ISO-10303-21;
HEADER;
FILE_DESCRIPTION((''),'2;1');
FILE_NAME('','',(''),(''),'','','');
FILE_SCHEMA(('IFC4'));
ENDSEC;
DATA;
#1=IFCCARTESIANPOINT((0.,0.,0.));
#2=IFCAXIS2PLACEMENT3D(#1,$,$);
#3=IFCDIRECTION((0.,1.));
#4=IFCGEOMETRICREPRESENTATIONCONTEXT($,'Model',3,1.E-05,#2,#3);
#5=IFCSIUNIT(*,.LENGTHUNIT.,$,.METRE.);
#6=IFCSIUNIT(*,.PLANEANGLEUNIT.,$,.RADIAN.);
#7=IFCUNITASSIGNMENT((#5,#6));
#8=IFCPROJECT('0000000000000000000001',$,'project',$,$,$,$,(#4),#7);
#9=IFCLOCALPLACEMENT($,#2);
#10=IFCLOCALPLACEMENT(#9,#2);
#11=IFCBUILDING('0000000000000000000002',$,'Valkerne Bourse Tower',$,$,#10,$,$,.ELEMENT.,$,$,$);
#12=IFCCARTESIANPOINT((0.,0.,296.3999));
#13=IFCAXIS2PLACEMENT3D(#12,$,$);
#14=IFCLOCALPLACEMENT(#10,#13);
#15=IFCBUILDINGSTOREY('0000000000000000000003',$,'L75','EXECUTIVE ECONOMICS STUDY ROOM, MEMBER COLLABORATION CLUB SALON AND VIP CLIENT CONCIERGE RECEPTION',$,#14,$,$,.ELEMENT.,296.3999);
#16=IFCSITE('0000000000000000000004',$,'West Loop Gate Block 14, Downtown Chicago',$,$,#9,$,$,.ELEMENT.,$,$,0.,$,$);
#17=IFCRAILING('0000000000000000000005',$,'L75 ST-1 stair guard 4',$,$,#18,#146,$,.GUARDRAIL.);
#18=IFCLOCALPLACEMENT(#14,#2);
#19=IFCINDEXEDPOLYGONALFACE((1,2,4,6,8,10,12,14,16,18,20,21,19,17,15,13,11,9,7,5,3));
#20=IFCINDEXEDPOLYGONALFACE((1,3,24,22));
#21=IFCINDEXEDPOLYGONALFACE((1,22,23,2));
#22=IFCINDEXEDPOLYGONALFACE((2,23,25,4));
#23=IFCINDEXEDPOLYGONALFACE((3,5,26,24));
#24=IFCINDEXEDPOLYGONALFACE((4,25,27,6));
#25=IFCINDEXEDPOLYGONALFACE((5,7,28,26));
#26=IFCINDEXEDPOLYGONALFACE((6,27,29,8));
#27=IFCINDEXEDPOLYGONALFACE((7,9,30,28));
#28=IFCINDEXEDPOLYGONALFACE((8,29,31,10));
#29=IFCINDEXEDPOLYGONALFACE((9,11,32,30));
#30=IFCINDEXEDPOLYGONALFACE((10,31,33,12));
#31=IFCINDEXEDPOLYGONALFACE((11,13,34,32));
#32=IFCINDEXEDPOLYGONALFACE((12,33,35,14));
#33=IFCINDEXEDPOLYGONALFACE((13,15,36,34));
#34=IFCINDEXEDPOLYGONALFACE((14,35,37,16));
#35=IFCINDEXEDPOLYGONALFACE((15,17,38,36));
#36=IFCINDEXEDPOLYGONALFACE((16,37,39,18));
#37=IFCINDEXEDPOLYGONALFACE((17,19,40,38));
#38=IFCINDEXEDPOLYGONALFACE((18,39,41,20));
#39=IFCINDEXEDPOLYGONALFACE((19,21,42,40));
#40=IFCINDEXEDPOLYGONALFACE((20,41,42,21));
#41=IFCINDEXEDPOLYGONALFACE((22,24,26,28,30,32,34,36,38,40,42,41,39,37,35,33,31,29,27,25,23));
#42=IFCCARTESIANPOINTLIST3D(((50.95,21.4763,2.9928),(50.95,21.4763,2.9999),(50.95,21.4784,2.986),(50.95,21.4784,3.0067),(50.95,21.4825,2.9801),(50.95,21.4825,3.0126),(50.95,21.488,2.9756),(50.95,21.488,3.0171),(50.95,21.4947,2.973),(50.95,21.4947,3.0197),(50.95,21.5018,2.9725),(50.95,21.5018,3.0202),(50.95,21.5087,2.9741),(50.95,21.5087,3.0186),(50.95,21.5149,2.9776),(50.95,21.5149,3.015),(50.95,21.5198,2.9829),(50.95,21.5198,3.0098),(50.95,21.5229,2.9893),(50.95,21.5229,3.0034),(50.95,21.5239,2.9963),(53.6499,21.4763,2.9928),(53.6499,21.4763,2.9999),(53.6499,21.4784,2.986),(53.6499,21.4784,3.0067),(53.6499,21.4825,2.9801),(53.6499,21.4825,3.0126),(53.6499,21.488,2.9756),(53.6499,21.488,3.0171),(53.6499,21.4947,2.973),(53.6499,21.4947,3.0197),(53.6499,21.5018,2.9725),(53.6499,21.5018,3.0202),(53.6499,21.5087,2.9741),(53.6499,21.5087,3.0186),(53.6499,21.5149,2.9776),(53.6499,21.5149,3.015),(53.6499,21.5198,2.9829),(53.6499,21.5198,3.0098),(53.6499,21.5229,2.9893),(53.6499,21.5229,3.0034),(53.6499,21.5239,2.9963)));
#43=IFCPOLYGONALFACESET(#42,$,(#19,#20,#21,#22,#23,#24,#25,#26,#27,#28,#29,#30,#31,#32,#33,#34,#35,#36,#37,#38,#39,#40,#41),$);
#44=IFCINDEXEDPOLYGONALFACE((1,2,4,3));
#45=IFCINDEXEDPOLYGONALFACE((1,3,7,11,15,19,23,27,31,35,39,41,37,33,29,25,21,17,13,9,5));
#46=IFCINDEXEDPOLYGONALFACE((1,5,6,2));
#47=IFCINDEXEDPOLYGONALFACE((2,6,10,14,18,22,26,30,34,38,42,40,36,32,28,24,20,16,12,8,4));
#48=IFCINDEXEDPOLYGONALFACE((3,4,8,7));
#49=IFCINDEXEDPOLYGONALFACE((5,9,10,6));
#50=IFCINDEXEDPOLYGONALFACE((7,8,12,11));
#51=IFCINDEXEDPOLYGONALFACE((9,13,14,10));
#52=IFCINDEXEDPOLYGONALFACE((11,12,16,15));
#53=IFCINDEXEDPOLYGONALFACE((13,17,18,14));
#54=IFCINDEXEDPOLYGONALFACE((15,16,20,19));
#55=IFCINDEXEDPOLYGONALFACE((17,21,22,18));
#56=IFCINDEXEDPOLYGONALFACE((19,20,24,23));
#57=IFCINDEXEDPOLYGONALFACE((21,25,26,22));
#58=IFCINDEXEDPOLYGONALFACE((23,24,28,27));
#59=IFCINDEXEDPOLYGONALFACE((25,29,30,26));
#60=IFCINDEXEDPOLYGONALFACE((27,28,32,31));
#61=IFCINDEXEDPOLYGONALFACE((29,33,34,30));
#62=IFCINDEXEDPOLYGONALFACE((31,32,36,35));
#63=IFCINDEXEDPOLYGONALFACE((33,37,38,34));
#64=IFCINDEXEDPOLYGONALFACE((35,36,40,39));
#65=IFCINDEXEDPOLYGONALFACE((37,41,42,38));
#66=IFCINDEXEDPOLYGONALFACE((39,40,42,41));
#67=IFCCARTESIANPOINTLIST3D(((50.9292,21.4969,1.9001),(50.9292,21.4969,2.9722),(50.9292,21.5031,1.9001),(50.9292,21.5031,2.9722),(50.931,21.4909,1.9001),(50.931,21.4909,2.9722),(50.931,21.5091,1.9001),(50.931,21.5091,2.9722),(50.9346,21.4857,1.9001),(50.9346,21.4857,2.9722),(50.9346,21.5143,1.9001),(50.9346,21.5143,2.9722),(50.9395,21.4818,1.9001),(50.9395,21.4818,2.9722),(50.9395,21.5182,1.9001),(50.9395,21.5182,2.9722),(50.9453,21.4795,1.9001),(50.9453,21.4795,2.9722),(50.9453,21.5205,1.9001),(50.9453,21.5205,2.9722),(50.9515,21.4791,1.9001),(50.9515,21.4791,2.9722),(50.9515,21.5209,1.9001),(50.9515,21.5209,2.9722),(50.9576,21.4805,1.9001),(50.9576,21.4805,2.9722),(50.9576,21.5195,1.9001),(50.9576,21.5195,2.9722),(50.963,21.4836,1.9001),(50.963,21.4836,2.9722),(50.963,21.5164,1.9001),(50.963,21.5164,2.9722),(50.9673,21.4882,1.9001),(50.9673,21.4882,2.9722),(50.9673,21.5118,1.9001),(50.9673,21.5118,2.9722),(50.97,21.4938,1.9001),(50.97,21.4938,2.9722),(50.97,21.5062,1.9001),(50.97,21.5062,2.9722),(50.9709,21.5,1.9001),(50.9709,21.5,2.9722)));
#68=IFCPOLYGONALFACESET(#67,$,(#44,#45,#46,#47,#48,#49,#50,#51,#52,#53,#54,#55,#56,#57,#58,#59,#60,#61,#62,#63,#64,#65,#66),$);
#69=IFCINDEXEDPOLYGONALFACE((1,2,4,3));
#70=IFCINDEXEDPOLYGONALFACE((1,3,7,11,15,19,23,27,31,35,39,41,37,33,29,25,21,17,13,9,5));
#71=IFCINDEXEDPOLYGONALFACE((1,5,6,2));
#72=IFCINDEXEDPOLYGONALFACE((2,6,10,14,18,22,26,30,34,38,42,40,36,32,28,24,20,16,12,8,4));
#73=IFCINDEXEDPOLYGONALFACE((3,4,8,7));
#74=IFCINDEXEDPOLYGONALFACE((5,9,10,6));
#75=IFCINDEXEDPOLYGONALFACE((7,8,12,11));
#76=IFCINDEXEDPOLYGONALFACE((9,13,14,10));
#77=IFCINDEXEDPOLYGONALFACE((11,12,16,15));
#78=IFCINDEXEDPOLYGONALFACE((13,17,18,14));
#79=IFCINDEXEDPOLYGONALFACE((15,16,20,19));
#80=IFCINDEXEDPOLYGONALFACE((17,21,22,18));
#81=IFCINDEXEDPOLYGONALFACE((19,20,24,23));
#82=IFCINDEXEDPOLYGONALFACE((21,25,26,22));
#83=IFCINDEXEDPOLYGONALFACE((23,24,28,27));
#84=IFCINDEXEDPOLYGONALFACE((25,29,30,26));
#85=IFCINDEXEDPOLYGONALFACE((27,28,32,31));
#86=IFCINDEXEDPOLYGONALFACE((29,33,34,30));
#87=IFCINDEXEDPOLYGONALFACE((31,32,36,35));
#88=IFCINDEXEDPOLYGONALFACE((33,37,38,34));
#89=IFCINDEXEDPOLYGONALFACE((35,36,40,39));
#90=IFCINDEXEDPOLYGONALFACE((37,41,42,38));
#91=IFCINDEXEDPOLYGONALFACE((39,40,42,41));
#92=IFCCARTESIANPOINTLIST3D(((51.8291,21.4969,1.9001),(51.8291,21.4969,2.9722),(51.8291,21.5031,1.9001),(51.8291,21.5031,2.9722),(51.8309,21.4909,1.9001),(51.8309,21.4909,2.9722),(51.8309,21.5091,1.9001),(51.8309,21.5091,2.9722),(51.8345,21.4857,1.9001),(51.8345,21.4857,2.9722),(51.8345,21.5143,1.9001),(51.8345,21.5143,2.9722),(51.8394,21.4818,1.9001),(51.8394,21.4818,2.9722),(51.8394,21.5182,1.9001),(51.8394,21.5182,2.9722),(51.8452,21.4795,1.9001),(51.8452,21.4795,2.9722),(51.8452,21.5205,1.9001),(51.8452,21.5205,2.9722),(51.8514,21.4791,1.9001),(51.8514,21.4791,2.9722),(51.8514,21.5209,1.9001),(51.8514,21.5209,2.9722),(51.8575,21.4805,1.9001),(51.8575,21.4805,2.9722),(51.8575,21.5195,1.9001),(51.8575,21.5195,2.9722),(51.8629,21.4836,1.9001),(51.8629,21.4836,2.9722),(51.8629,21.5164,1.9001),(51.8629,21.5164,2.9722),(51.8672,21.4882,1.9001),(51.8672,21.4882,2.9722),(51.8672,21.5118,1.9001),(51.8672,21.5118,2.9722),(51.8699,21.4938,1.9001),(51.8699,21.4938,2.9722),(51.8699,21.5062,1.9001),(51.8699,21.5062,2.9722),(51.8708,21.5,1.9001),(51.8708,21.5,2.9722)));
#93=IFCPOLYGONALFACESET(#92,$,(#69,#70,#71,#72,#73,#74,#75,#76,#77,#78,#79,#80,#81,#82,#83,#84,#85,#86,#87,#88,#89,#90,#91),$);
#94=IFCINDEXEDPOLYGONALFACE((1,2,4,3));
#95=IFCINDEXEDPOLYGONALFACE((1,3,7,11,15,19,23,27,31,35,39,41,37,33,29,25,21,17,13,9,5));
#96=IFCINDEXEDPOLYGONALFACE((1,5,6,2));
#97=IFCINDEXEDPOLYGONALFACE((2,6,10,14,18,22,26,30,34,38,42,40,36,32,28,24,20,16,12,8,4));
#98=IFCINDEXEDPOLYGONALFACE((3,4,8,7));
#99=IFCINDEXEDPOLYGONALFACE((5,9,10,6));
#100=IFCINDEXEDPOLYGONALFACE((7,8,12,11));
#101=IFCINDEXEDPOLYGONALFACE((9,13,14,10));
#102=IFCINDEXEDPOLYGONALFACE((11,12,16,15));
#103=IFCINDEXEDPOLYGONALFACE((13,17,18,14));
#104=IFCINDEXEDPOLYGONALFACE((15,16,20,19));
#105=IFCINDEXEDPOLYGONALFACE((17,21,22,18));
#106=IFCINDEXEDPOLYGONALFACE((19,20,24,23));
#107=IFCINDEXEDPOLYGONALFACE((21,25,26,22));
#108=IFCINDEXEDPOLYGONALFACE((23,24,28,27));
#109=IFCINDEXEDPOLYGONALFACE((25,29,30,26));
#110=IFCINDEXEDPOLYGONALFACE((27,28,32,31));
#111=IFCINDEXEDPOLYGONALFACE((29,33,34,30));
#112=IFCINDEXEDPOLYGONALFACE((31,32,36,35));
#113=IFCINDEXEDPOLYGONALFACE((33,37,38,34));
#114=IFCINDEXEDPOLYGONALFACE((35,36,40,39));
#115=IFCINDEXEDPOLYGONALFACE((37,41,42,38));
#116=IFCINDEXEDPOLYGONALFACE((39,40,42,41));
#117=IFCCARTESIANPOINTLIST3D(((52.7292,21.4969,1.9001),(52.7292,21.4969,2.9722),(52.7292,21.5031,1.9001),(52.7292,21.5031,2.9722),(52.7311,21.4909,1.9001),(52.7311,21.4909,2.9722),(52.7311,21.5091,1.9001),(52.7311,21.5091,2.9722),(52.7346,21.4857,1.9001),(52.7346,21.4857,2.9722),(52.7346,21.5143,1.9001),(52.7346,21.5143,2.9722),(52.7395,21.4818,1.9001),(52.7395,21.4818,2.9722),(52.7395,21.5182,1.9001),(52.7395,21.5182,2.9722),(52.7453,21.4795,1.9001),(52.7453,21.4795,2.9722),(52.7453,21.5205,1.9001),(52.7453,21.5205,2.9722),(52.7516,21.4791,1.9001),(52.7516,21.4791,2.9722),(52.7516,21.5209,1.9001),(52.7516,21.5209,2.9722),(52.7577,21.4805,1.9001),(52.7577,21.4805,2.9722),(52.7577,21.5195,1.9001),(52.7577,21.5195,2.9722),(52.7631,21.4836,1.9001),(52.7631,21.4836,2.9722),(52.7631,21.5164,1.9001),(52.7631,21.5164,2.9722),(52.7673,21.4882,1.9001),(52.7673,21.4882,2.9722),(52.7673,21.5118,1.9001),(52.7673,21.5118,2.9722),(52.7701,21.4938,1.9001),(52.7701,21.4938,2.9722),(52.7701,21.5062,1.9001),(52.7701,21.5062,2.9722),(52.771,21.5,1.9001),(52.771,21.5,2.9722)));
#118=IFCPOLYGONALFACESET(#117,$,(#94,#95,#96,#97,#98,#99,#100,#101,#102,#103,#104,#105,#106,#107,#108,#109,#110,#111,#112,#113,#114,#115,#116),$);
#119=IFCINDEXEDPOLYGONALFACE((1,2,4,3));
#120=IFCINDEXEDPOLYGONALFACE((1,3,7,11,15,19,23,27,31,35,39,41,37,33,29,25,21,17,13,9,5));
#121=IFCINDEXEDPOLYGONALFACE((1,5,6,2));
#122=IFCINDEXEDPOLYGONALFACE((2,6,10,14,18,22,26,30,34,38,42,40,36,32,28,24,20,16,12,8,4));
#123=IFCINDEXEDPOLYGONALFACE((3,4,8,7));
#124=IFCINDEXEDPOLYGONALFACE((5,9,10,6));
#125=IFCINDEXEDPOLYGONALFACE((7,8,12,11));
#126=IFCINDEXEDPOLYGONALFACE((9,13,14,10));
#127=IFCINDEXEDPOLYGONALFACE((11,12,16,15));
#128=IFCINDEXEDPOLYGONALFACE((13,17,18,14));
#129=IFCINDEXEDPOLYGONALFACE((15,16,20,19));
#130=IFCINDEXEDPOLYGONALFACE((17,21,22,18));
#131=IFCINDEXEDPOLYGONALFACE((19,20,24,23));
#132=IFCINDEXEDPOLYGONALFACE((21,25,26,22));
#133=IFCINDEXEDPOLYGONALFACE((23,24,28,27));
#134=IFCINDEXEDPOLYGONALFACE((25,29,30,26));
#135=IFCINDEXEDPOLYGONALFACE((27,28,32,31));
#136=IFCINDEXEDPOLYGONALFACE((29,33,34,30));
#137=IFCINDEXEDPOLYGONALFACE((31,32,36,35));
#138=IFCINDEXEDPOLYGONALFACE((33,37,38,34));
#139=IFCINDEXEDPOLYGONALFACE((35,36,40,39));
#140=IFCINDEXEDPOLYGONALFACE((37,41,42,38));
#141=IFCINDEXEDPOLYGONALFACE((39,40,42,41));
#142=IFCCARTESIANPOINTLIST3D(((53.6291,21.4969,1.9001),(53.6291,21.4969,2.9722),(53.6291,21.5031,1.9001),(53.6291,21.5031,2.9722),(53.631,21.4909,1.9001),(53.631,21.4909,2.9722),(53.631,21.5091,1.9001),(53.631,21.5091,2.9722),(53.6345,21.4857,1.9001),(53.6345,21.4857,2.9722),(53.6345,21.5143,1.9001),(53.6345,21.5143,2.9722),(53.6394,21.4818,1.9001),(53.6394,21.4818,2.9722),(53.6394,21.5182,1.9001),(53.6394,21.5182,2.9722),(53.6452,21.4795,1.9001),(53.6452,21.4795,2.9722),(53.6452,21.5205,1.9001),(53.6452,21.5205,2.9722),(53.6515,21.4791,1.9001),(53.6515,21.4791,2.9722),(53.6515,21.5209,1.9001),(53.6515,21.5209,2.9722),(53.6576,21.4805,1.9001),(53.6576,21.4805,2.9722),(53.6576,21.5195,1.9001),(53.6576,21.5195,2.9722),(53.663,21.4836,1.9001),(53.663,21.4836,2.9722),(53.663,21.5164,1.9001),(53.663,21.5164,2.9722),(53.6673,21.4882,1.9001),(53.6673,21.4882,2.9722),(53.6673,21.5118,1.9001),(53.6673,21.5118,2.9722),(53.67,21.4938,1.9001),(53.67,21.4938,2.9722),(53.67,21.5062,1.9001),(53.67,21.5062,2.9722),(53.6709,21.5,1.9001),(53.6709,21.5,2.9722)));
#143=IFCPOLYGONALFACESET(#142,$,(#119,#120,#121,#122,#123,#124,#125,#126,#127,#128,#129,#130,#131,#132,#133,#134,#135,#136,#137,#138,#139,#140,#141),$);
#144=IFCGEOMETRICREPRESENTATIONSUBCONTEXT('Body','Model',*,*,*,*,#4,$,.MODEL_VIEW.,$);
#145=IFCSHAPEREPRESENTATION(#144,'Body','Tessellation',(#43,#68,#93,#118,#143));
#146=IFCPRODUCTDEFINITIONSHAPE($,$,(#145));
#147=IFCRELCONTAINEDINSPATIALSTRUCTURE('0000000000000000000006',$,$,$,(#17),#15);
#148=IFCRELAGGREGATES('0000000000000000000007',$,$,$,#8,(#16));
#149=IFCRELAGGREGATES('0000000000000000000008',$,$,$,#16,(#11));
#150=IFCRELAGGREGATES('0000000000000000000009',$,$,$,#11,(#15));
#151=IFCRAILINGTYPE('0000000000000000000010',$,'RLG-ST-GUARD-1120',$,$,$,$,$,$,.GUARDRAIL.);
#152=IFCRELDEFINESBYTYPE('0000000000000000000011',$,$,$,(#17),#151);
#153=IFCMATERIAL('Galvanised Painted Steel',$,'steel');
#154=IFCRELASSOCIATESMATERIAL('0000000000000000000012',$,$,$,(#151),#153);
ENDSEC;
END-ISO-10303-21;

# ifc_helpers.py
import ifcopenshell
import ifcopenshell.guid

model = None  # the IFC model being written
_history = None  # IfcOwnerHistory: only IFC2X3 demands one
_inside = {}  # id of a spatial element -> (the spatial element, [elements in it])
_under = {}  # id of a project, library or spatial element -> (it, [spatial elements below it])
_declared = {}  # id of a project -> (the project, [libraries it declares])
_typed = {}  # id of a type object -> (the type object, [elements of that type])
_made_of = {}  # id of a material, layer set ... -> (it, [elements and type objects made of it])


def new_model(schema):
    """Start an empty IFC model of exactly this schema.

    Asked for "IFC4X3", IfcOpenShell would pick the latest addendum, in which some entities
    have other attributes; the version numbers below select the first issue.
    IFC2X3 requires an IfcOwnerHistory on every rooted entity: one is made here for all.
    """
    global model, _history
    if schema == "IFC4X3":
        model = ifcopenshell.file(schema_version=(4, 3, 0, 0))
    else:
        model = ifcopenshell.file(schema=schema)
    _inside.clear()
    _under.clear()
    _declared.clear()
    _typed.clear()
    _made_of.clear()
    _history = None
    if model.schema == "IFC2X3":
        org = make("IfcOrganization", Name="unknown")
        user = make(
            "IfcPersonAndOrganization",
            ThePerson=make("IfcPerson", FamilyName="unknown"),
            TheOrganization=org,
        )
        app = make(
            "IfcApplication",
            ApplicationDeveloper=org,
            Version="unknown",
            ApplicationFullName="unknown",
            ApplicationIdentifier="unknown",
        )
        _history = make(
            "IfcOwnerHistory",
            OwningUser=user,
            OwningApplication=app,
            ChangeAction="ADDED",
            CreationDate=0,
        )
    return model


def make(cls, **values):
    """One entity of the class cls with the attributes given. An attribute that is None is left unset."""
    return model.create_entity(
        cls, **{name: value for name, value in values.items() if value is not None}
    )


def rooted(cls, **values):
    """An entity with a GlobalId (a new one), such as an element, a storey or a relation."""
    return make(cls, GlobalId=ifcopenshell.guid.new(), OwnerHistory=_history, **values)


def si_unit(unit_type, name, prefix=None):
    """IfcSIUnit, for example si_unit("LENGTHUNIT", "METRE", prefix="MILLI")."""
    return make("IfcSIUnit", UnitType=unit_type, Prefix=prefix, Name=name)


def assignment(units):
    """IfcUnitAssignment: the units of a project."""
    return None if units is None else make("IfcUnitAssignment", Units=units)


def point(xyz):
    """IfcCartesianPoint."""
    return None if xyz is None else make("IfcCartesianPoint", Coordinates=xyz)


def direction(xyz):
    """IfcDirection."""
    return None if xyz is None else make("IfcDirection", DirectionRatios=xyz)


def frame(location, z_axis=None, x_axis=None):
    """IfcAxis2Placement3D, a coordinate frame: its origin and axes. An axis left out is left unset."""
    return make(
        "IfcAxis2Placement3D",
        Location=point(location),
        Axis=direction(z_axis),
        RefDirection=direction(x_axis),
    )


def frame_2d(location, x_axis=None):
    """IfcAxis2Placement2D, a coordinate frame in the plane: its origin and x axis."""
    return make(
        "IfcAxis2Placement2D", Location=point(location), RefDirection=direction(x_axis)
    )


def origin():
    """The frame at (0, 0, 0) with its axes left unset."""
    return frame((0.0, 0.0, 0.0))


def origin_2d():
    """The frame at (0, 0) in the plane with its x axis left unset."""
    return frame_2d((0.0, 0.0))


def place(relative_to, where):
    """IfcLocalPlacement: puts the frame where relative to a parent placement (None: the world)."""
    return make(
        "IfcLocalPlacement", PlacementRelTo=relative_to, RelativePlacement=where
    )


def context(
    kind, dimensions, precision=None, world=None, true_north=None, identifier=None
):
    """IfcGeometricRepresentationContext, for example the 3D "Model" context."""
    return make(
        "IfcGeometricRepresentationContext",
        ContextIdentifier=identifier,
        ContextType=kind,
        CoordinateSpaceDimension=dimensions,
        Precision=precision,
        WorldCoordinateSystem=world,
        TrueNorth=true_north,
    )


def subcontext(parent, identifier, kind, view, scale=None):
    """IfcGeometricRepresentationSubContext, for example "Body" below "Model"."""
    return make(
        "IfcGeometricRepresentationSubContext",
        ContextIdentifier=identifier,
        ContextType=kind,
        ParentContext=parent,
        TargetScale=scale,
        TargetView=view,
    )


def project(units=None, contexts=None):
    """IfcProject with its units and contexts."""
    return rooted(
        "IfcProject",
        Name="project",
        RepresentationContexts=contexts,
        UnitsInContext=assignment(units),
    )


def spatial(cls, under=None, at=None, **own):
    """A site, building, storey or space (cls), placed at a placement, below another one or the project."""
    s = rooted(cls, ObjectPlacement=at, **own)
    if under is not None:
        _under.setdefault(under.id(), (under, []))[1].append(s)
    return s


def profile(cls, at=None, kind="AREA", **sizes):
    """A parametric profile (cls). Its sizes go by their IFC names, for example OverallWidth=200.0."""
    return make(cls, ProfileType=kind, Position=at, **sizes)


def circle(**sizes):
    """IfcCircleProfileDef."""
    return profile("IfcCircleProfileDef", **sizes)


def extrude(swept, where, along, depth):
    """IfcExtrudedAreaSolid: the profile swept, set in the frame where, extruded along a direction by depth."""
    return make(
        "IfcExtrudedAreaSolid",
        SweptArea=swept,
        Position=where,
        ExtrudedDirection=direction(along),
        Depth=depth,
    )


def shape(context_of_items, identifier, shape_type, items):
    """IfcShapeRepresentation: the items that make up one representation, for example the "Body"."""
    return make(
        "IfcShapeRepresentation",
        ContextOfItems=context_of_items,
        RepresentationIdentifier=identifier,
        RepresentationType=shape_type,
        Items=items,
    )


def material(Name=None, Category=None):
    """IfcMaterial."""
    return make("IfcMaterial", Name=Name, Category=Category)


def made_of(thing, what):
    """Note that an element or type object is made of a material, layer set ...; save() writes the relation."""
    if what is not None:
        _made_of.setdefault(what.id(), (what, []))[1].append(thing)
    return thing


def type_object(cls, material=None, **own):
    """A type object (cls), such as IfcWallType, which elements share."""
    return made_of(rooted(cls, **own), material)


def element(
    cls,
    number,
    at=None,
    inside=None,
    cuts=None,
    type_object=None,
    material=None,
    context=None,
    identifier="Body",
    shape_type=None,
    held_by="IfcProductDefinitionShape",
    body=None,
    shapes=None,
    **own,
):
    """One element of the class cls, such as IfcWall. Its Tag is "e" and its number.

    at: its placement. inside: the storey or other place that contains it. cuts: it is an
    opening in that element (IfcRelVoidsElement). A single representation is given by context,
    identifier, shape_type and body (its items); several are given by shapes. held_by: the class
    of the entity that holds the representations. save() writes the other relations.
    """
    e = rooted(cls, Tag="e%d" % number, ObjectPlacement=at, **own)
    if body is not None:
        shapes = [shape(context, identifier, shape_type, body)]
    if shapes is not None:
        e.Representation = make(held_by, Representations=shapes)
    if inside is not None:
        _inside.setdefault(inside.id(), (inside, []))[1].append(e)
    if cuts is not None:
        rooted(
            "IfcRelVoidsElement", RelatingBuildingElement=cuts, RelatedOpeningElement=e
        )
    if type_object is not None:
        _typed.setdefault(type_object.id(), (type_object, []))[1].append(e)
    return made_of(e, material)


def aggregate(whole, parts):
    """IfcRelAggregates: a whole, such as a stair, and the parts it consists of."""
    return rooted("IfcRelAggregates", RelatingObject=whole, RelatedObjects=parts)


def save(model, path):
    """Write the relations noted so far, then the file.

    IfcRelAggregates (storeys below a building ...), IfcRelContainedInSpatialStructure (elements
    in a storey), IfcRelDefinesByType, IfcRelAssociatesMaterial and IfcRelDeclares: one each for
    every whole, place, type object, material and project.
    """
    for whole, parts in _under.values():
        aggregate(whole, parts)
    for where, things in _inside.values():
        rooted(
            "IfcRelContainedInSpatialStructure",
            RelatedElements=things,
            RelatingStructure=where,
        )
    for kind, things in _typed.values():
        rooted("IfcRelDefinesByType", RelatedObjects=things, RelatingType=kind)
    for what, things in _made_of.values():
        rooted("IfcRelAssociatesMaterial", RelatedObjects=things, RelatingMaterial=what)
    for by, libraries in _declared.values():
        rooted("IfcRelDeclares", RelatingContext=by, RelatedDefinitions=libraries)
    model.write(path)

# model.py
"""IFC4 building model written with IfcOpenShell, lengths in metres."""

from ifc_helpers import new_model, si_unit, direction, frame, origin, origin_2d, place, context, subcontext, project, spatial, circle, extrude, material, type_object, element, save


model = new_model("IFC4")

# Units and contexts
model_context = context("Model", 3, precision=1e-05, world=origin(), true_north=direction((0.0, 1.0)))
body_context = subcontext(model_context, "Body", "Model", "MODEL_VIEW")
ifc_project = project(units=[si_unit("LENGTHUNIT", "METRE"), si_unit("PLANEANGLEUNIT", "RADIAN")], contexts=[model_context])

# Site, building, storey
site_placement = place(None, origin())
site = spatial("IfcSite", under=ifc_project, at=site_placement, Name="West Loop Gate Block 14, Downtown Chicago", CompositionType="ELEMENT", RefElevation=0.0)
building_placement = place(site_placement, origin())
building = spatial("IfcBuilding", under=site, at=building_placement, Name="Valkerne Bourse Tower", CompositionType="ELEMENT")
storey_placement = place(building_placement, frame((0.0, 0.0, 296.3999)))
storey = spatial("IfcBuildingStorey", under=building, at=storey_placement, Name="L75", Description="EXECUTIVE ECONOMICS STUDY ROOM, MEMBER COLLABORATION CLUB SALON AND VIP CLIENT CONCIERGE RECEPTION", CompositionType="ELEMENT", Elevation=296.3999)

# Shared definitions
ifc_material_1 = material(Name="Galvanised Painted Steel", Category="steel")

# Railing
railing_type_1 = type_object("IfcRailingType", Name="RLG-ST-GUARD-1120", PredefinedType="GUARDRAIL", material=ifc_material_1)
for number, where, name in (
    (1, (50.95, 21.5, 1.9001), "L75 ST-1 stair guard 4"),
):
    element("IfcRailing", number, at=place(storey_placement, frame(where)), inside=storey, type_object=railing_type_1, Name=name, PredefinedType="GUARDRAIL", context=body_context, shape_type="SweptSolid", body=[
        extrude(circle(Radius=0.0239, at=origin_2d()), frame((0.0, 0.0, 1.0962), z_axis=(1.0, 0.0, 0.0), x_axis=(0.0, 1.0, 0.0)), (0.0, 0.0, 1.0), 2.7),
        extrude(circle(Radius=0.021, at=origin_2d()), origin(), (0.0, 0.0, 1.0), 1.072),
        extrude(circle(Radius=0.021, at=origin_2d()), frame((0.8999, 0.0, 0.0)), (0.0, 0.0, 1.0), 1.072),
        extrude(circle(Radius=0.021, at=origin_2d()), frame((1.8, 0.0, 0.0)), (0.0, 0.0, 1.0), 1.072),
        extrude(circle(Radius=0.021, at=origin_2d()), frame((2.7, 0.0, 0.0)), (0.0, 0.0, 1.0), 1.072),
    ])

save(model, "model.ifc")
